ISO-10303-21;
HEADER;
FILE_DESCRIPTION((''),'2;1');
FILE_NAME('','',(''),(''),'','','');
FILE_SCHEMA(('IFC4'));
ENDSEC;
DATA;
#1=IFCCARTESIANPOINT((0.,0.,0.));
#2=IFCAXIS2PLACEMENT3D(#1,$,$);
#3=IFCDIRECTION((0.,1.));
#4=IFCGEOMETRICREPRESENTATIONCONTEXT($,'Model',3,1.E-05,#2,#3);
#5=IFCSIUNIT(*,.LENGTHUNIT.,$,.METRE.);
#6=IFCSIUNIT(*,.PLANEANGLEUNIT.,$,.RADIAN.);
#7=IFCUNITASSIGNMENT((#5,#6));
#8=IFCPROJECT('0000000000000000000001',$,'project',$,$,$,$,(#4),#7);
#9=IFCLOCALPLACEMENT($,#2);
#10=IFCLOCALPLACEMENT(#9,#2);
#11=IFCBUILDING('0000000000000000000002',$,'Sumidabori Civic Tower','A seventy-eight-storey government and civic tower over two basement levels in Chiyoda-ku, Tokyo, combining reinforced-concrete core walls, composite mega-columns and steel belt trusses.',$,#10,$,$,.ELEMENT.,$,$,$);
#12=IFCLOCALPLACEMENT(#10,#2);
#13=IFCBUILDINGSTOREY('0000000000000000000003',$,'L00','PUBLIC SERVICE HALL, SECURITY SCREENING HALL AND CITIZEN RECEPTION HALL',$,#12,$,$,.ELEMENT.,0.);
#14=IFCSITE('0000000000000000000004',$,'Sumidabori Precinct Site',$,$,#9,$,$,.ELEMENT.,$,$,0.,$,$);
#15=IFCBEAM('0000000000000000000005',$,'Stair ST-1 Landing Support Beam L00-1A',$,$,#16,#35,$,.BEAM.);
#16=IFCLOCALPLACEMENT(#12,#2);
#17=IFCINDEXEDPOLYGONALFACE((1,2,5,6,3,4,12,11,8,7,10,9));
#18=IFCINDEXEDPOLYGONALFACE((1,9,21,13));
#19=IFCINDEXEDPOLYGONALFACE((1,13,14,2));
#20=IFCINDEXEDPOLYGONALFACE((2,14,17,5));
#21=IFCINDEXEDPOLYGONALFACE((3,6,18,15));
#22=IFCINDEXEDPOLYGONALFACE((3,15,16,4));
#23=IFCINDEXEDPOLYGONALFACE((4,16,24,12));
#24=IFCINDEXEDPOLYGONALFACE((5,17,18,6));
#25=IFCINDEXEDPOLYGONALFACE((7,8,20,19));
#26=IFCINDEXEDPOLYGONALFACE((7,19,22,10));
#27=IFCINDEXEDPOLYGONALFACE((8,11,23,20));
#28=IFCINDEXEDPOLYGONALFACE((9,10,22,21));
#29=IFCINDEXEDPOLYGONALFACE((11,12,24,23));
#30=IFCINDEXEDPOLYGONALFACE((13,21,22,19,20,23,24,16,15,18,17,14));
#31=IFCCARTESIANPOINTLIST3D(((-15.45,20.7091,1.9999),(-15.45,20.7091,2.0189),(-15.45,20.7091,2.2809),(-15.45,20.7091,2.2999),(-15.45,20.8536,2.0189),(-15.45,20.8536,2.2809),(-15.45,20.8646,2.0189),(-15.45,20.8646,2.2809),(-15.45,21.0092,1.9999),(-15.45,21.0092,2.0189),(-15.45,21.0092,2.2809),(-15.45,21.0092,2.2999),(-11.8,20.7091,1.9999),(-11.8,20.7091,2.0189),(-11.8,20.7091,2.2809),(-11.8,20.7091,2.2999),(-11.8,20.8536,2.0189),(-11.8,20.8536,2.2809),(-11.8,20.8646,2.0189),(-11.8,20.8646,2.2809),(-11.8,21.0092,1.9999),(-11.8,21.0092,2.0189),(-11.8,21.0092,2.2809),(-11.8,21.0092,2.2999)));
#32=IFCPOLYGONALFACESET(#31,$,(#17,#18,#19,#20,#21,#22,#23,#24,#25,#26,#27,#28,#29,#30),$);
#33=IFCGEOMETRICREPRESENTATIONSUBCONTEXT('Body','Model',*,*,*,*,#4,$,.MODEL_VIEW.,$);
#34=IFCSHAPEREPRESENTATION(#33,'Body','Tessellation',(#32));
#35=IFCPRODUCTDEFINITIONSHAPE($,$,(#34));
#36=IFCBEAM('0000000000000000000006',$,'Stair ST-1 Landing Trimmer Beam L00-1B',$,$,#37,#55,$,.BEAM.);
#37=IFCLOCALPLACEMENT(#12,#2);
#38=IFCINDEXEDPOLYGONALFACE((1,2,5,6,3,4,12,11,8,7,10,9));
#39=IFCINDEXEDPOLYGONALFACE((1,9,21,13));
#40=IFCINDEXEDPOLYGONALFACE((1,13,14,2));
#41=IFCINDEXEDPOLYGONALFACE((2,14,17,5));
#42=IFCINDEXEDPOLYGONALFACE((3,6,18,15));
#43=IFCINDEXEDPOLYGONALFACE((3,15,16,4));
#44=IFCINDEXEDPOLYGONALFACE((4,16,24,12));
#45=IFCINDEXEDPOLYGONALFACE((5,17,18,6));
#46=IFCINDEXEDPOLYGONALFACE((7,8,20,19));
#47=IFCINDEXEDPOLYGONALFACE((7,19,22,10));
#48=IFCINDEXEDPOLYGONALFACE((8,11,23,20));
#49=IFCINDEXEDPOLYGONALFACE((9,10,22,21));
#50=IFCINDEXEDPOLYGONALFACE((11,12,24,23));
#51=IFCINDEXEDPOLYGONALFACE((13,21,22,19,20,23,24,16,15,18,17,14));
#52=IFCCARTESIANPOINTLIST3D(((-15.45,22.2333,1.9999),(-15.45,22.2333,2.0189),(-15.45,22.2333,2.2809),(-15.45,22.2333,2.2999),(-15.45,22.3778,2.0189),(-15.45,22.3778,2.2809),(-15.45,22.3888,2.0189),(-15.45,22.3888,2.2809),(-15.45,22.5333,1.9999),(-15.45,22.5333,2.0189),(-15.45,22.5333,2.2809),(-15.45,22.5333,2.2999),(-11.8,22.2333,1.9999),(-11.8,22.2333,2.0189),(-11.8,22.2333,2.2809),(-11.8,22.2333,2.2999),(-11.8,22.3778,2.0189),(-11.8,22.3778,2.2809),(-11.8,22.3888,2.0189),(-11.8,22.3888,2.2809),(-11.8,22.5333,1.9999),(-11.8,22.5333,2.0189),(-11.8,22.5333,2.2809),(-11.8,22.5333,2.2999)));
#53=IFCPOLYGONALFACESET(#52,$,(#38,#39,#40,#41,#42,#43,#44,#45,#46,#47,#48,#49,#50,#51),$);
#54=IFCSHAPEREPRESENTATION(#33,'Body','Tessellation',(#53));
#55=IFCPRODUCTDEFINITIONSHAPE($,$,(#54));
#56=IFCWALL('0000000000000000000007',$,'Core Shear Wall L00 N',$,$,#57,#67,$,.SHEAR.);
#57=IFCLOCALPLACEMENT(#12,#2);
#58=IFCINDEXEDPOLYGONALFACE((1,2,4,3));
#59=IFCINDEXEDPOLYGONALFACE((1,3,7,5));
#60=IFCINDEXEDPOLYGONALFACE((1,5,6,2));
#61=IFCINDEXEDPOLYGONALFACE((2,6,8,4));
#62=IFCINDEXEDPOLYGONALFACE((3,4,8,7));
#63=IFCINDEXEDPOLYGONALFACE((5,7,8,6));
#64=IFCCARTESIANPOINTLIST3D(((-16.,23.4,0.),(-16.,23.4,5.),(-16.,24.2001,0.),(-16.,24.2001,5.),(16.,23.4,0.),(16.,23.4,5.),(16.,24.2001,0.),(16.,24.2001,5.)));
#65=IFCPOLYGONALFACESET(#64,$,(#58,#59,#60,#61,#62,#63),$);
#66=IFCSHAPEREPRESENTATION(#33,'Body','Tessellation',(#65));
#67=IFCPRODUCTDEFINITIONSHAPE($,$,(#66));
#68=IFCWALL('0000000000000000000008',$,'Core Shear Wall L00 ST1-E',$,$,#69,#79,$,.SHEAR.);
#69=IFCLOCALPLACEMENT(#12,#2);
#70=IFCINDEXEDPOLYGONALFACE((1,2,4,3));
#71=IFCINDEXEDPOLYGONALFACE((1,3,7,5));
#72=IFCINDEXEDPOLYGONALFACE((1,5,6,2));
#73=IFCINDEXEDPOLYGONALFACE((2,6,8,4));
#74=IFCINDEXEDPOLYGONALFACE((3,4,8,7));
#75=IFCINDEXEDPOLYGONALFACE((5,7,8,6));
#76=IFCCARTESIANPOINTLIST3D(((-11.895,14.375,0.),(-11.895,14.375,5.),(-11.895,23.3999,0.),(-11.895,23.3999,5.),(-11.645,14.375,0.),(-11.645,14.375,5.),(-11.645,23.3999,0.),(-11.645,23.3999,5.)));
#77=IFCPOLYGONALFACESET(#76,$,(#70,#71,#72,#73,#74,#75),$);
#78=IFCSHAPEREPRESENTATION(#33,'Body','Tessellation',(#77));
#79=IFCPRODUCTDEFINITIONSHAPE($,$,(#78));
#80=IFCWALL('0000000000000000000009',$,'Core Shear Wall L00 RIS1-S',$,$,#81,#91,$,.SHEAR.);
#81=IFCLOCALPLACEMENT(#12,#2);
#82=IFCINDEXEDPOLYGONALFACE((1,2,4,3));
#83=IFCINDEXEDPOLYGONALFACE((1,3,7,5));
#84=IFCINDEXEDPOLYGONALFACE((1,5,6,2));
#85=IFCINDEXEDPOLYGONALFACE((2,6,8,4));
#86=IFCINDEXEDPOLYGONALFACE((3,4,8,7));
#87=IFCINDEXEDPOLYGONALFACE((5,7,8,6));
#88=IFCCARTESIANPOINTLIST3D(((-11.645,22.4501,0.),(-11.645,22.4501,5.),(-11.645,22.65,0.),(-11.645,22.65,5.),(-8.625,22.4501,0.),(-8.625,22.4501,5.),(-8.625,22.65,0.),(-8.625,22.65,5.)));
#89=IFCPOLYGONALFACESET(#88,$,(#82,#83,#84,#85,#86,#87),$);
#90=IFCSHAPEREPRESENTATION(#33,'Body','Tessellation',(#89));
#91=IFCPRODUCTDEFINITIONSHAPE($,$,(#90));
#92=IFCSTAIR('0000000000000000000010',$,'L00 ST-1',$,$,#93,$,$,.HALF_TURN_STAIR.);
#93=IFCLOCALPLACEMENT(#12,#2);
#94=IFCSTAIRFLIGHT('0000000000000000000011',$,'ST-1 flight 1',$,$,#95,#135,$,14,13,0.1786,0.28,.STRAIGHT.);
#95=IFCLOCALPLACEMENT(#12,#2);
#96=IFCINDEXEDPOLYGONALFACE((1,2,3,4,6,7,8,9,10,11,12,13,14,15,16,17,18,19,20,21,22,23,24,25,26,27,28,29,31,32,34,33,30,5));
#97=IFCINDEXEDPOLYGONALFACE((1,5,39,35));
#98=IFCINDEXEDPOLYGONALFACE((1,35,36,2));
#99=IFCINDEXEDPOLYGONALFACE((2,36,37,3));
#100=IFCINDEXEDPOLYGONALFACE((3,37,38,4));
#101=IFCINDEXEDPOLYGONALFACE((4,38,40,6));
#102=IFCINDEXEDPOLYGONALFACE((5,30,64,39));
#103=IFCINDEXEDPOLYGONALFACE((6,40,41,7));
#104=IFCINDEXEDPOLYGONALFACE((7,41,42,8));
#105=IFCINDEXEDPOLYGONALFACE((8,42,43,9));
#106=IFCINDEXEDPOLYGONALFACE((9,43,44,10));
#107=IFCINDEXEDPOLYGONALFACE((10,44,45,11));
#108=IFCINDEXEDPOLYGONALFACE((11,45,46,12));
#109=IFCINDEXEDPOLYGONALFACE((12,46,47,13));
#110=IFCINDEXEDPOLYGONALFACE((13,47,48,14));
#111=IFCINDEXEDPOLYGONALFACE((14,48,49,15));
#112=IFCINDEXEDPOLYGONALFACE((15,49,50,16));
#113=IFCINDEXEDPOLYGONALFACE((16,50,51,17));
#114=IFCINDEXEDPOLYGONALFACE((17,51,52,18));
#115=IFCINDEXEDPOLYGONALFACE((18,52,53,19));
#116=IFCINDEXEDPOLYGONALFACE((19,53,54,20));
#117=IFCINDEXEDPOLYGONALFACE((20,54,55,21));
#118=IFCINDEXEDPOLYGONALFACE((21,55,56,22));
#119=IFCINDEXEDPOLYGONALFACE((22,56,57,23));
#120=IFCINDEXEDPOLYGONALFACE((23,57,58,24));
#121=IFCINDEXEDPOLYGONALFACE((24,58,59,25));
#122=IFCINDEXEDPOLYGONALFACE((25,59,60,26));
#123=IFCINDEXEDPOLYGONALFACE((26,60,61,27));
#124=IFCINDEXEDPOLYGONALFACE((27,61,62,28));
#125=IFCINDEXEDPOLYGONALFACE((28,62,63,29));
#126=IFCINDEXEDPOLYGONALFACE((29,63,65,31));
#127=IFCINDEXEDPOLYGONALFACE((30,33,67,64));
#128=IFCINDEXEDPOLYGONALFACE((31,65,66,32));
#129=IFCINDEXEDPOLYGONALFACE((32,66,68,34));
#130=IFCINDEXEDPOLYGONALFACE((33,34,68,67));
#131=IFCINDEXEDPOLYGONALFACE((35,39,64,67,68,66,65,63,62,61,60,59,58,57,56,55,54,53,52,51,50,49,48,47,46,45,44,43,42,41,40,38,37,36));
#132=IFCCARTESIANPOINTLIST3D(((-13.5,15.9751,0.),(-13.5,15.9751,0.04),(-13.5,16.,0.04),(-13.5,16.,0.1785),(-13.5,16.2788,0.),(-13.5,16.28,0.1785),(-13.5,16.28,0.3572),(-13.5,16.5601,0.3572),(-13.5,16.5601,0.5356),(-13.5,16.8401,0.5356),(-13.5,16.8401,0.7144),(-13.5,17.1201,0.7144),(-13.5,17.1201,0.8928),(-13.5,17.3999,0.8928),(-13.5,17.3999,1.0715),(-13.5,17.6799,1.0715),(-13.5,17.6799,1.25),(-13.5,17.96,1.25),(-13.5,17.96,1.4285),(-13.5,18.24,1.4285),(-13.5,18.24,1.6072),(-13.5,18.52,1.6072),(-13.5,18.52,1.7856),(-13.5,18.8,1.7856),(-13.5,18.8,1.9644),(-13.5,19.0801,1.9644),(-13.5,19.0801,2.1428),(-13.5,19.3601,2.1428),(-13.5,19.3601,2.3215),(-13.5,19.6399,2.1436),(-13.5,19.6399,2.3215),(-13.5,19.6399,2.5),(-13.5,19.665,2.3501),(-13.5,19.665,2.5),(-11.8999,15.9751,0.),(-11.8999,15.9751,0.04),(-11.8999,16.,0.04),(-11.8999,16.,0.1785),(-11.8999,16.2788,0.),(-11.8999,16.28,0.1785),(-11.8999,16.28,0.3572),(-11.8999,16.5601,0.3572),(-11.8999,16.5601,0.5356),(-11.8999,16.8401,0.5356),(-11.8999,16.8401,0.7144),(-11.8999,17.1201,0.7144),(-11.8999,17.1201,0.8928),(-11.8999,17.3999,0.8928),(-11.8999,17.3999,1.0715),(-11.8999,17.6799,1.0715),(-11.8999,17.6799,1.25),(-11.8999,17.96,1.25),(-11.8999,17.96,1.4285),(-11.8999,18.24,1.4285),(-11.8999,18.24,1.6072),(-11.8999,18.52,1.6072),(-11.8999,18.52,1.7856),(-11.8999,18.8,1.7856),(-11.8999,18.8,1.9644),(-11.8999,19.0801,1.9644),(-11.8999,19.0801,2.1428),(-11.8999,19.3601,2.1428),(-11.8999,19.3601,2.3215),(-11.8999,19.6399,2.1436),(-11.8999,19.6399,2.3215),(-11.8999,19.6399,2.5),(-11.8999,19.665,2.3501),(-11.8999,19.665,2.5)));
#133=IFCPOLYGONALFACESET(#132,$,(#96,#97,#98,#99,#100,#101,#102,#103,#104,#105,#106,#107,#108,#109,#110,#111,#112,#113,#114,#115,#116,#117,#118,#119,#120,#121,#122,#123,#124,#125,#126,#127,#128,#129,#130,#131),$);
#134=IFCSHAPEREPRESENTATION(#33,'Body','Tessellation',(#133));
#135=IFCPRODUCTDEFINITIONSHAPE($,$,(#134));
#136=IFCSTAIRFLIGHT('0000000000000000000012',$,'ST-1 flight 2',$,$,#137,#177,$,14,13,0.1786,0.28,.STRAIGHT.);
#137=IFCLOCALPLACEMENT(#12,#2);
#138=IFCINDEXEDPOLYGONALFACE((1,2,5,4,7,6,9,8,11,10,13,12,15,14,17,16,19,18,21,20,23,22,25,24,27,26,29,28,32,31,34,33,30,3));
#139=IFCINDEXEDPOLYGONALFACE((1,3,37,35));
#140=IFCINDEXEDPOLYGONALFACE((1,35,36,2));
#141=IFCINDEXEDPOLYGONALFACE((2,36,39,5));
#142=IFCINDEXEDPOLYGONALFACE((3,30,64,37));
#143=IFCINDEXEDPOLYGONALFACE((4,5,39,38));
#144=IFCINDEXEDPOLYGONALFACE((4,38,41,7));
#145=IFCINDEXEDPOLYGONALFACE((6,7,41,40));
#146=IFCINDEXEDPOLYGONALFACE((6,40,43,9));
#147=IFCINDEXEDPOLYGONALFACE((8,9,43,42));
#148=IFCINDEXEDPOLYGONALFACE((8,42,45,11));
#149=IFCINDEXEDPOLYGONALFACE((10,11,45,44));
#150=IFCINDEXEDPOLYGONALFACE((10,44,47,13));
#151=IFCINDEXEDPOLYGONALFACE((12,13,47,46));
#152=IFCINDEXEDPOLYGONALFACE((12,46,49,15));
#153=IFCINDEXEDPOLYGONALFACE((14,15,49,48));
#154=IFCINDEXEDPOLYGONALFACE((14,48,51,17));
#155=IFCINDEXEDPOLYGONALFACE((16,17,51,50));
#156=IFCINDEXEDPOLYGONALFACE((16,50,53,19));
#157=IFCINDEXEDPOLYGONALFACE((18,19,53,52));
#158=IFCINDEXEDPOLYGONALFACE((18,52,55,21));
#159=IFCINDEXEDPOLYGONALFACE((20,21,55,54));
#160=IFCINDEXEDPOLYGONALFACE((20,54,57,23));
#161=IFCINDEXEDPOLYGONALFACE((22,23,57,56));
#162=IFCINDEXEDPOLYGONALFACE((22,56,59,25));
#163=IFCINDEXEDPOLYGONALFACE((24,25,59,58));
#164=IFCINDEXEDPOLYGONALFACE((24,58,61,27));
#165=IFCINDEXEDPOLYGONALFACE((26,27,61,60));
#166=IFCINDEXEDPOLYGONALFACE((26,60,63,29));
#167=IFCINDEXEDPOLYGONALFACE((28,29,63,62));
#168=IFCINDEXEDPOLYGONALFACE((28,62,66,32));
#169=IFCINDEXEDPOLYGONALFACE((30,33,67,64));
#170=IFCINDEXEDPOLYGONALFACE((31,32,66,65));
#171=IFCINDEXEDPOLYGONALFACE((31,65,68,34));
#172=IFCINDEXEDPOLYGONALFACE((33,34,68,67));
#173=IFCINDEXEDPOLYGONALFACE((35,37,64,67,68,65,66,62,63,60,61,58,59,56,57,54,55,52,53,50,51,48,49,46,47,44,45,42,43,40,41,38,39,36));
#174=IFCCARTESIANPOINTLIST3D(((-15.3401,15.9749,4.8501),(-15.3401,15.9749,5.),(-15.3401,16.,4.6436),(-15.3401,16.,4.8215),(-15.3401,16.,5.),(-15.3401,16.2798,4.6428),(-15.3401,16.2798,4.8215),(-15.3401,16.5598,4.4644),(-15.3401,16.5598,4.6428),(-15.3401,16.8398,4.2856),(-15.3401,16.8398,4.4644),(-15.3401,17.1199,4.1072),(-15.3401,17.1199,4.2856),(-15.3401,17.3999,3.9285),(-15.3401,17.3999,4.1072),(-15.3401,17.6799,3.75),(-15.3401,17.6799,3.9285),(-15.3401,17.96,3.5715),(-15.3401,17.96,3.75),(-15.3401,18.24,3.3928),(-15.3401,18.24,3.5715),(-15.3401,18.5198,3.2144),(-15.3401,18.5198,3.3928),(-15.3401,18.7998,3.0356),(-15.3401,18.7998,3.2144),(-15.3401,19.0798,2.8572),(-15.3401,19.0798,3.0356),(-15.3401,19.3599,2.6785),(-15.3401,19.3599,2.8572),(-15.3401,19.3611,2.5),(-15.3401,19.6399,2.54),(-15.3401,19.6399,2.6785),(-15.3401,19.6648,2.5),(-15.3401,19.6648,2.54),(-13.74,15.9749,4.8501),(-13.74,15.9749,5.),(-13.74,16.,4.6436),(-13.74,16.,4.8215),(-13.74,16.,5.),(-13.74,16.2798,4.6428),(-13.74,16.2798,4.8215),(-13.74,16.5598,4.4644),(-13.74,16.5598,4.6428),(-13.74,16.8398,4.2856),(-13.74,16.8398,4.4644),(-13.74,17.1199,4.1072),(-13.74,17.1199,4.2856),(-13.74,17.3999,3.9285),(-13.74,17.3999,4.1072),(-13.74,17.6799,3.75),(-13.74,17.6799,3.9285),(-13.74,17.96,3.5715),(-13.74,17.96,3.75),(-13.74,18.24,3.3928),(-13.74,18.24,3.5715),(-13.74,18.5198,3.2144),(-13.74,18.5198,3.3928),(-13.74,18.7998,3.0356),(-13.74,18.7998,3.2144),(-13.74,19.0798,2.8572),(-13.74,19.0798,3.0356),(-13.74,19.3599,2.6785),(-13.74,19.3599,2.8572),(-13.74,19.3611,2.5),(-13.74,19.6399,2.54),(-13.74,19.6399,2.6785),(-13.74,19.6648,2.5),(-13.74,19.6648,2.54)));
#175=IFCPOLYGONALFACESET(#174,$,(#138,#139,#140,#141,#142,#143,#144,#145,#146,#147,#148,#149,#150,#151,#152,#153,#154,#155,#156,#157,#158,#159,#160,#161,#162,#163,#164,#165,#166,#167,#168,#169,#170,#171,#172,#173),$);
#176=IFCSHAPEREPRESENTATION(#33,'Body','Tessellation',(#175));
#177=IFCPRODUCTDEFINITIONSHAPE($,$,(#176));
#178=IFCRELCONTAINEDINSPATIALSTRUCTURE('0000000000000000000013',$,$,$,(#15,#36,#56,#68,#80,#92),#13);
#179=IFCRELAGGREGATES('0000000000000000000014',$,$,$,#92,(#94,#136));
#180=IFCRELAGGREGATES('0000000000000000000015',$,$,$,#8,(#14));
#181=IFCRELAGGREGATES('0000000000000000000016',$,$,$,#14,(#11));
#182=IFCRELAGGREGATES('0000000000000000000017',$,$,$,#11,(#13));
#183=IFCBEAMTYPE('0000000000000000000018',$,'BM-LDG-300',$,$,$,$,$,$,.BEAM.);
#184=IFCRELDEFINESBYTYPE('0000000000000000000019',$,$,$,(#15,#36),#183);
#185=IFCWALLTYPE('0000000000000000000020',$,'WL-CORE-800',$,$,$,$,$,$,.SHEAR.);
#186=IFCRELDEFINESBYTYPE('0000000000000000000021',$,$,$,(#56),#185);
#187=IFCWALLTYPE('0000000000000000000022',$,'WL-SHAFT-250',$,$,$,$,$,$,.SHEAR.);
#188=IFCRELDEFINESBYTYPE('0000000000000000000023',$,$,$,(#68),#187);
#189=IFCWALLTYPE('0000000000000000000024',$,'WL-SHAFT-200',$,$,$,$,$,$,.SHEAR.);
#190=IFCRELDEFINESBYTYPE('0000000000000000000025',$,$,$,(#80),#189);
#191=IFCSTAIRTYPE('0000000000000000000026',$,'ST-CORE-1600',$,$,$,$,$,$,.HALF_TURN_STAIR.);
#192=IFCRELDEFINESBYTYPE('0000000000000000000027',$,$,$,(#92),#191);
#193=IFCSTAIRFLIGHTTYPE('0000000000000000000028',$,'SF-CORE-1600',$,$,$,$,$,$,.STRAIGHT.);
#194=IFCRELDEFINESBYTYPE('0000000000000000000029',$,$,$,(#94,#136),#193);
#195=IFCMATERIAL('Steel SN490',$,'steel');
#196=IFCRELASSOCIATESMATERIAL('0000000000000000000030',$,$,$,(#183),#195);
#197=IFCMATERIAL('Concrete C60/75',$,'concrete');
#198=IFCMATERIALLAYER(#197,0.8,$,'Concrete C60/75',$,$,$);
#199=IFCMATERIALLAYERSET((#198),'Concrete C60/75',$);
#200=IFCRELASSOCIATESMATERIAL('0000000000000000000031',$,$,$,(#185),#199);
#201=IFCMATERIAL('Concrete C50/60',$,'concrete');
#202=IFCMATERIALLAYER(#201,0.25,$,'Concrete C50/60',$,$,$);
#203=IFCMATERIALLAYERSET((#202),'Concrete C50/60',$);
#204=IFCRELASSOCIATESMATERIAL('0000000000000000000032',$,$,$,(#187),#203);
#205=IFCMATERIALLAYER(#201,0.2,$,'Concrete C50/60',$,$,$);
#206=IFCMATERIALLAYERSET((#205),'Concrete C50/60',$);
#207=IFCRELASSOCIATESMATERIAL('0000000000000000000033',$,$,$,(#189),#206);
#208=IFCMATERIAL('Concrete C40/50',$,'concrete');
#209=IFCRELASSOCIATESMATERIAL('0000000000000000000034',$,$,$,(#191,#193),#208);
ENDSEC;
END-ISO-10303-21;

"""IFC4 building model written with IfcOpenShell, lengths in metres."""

from ifc_helpers import new_model, si_unit, direction, frame, frame_2d, origin, origin_2d, place, context, subcontext, project, spatial, polyline, rectangle, i_section, outline, extrude, source, transform, mapped, material, layer, layer_set, material_profile, profile_set, type_object, element, aggregate, save


model = new_model("IFC4")

# Units and contexts
model_context = context("Model", 3, precision=1e-05, world=origin(), true_north=direction((0.0, 1.0)))
body_context = subcontext(model_context, "Body", "Model", "MODEL_VIEW")
ifc_project = project(units=[si_unit("LENGTHUNIT", "METRE"), si_unit("PLANEANGLEUNIT", "RADIAN")], contexts=[model_context])

# Site, building, storey
site_placement = place(None, origin())
site = spatial("IfcSite", under=ifc_project, at=site_placement, Name="Sumidabori Precinct Site", CompositionType="ELEMENT", RefElevation=0.0)
building_placement = place(site_placement, origin())
building = spatial("IfcBuilding", under=site, at=building_placement, Name="Sumidabori Civic Tower", Description="A seventy-eight-storey government and civic tower over two basement levels in Chiyoda-ku, Tokyo, combining reinforced-concrete core walls, composite mega-columns and steel belt trusses.", CompositionType="ELEMENT")
storey_placement = place(building_placement, origin())
storey = spatial("IfcBuildingStorey", under=building, at=storey_placement, Name="L00", Description="PUBLIC SERVICE HALL, SECURITY SCREENING HALL AND CITIZEN RECEPTION HALL", CompositionType="ELEMENT", Elevation=0.0)

# Beams
ifc_material_1 = material(Name="Steel SN490", Category="steel")
ifc_material_profile = material_profile(ifc_material_1, i_section(OverallWidth=0.3, OverallDepth=0.3, WebThickness=0.011, FlangeThickness=0.019, at=origin_2d()), Name="HE 300 B")
ifc_profile_set = profile_set([ifc_material_profile], Name="Steel SN490")
beam_type = type_object("IfcBeamType", Name="BM-LDG-300", PredefinedType="BEAM", material=ifc_profile_set)
shared_shape_1 = source(origin(), body_context, "Body", "SweptSolid", [
    extrude(i_section(OverallWidth=0.3, OverallDepth=0.3, WebThickness=0.011, FlangeThickness=0.019, at=origin_2d()), origin(), (0.0, 0.0, 1.0), 3.6499),
])
for number, where, z_axis, x_axis, name in (
    (1, (-15.45, 20.8591, 2.1499), (1.0, 0.0, 0.0), (0.0, 1.0, 0.0), "Stair ST-1 Landing Support Beam L00-1A"),
    (2, (-15.45, 22.3833, 2.1499), (1.0, 0.0, 0.0), (0.0, 1.0, 0.0), "Stair ST-1 Landing Trimmer Beam L00-1B"),
):
    element("IfcBeam", number, at=place(storey_placement, frame(where, z_axis=z_axis, x_axis=x_axis)), inside=storey, type_object=beam_type, Name=name, PredefinedType="BEAM", context=body_context, shape_type="MappedRepresentation", body=[
        mapped(shared_shape_1, transform((0.0, 0.0, 0.0), x_axis=(1.0, 0.0, 0.0), y_axis=(0.0, 1.0, 0.0), z_axis=(0.0, 0.0, 1.0), scale=1.0)),
    ])

# Wall
ifc_material_2 = material(Name="Concrete C60/75", Category="concrete")
ifc_layer_1 = layer(ifc_material_2, 0.8, Name="Concrete C60/75")
ifc_layer_set_1 = layer_set([ifc_layer_1], Name="Concrete C60/75")
wall_type_1 = type_object("IfcWallType", Name="WL-CORE-800", PredefinedType="SHEAR", material=ifc_layer_set_1)
shared_shape_2 = source(origin(), body_context, "Body", "SweptSolid", [
    extrude(rectangle(XDim=32.0, YDim=0.8, at=frame_2d((16.0, 0.0))), origin(), (0.0, 0.0, 1.0), 5.0),
])
wall_1_placement = place(storey_placement, frame((-16.0, 23.8, 0.0), z_axis=(0.0, 0.0, 1.0), x_axis=(1.0, 0.0, 0.0)))
element("IfcWall", 3, at=wall_1_placement, inside=storey, type_object=wall_type_1, Name="Core Shear Wall L00 N", PredefinedType="SHEAR", context=body_context, shape_type="MappedRepresentation", body=[
    mapped(shared_shape_2, transform((0.0, 0.0, 0.0), x_axis=(1.0, 0.0, 0.0), y_axis=(0.0, 1.0, 0.0), z_axis=(0.0, 0.0, 1.0), scale=1.0)),
])

# Shared definitions
ifc_material_3 = material(Name="Concrete C50/60", Category="concrete")
ifc_layer_2 = layer(ifc_material_3, 0.25, Name="Concrete C50/60")
ifc_layer_set_2 = layer_set([ifc_layer_2], Name="Concrete C50/60")
wall_type_2 = type_object("IfcWallType", Name="WL-SHAFT-250", PredefinedType="SHEAR", material=ifc_layer_set_2)

# Walls
shared_shape_3 = source(origin(), body_context, "Body", "SweptSolid", [
    extrude(rectangle(XDim=9.0249, YDim=0.25, at=frame_2d((4.5125, 0.0))), origin(), (0.0, 0.0, 1.0), 5.0),
])
wall_2_placement = place(storey_placement, frame((-11.77, 14.375, 0.0), z_axis=(0.0, 0.0, 1.0), x_axis=(0.0, 1.0, 0.0)))
element("IfcWall", 4, at=wall_2_placement, inside=storey, type_object=wall_type_2, Name="Core Shear Wall L00 ST1-E", PredefinedType="SHEAR", context=body_context, shape_type="MappedRepresentation", body=[
    mapped(shared_shape_3, transform((0.0, 0.0, 0.0), x_axis=(1.0, 0.0, 0.0), y_axis=(0.0, 1.0, 0.0), z_axis=(0.0, 0.0, 1.0), scale=1.0)),
])
ifc_layer_3 = layer(ifc_material_3, 0.2, Name="Concrete C50/60")
ifc_layer_set_3 = layer_set([ifc_layer_3], Name="Concrete C50/60")
wall_type_3 = type_object("IfcWallType", Name="WL-SHAFT-200", PredefinedType="SHEAR", material=ifc_layer_set_3)
shared_shape_4 = source(origin(), body_context, "Body", "SweptSolid", [
    extrude(rectangle(XDim=3.02, YDim=0.2, at=frame_2d((1.51, 0.0))), origin(), (0.0, 0.0, 1.0), 5.0),
])
wall_3_placement = place(storey_placement, frame((-11.645, 22.55, 0.0), z_axis=(0.0, 0.0, 1.0), x_axis=(1.0, 0.0, 0.0)))
element("IfcWall", 5, at=wall_3_placement, inside=storey, type_object=wall_type_3, Name="Core Shear Wall L00 RIS1-S", PredefinedType="SHEAR", context=body_context, shape_type="MappedRepresentation", body=[
    mapped(shared_shape_4, transform((0.0, 0.0, 0.0), x_axis=(1.0, 0.0, 0.0), y_axis=(0.0, 1.0, 0.0), z_axis=(0.0, 0.0, 1.0), scale=1.0)),
])

# Stair, stair flights
ifc_material_4 = material(Name="Concrete C40/50", Category="concrete")
stair_type = type_object("IfcStairType", Name="ST-CORE-1600", PredefinedType="HALF_TURN_STAIR", material=ifc_material_4)
stair_placement = place(storey_placement, origin())
stair = element("IfcStair", 6, at=stair_placement, inside=storey, type_object=stair_type, Name="L00 ST-1", PredefinedType="HALF_TURN_STAIR")
stair_flight_type = type_object("IfcStairFlightType", Name="SF-CORE-1600", PredefinedType="STRAIGHT", material=ifc_material_4)
shared_shape_5 = source(origin(), body_context, "Body", "SweptSolid", [
    extrude(outline(polyline([(-0.0249, 0.0), (-0.0249, 0.04), (0.0, 0.04), (0.0, 0.1785), (0.28, 0.1785), (0.28, 0.3572), (0.5601, 0.3572), (0.5601, 0.5356), (0.8401, 0.5356), (0.8401, 0.7144), (1.1201, 0.7144), (1.1201, 0.8928), (1.3999, 0.8928), (1.3999, 1.0715), (1.6799, 1.0715), (1.6799, 1.25), (1.96, 1.25), (1.96, 1.4285), (2.24, 1.4285), (2.24, 1.6072), (2.52, 1.6072), (2.52, 1.7856), (2.8, 1.7856), (2.8, 1.9644), (3.0801, 1.9644), (3.0801, 2.1428), (3.3601, 2.1428), (3.3601, 2.3215), (3.6399, 2.3215), (3.6399, 2.5), (3.665, 2.5), (3.665, 2.3501), (3.6399, 2.1436), (0.2788, 0.0), (-0.0249, 0.0)])), frame((0.0, 0.8, 0.0), z_axis=(0.0, -1.0, 0.0), x_axis=(1.0, 0.0, 0.0)), (0.0, 0.0, 1.0), 1.6001),
])
stair_flight_1_placement = place(storey_placement, frame((-12.7, 16.0, 0.0), z_axis=(0.0, 0.0, 1.0), x_axis=(0.0, 1.0, 0.0)))
stair_flight_1 = element("IfcStairFlight", 7, at=stair_flight_1_placement, type_object=stair_flight_type, Name="ST-1 flight 1", NumberOfRisers=14, NumberOfTreads=13, PredefinedType="STRAIGHT", RiserHeight=0.1786, TreadLength=0.28, context=body_context, shape_type="MappedRepresentation", body=[
    mapped(shared_shape_5, transform((0.0, 0.0, 0.0), x_axis=(1.0, 0.0, 0.0), y_axis=(0.0, 1.0, 0.0), z_axis=(0.0, 0.0, 1.0), scale=1.0)),
])
stair_flight_2_placement = place(storey_placement, frame((-14.54, 19.6399, 2.5), z_axis=(0.0, 0.0, 1.0), x_axis=(0.0, -1.0, 0.0)))
stair_flight_2 = element("IfcStairFlight", 8, at=stair_flight_2_placement, type_object=stair_flight_type, Name="ST-1 flight 2", NumberOfRisers=14, NumberOfTreads=13, PredefinedType="STRAIGHT", RiserHeight=0.1786, TreadLength=0.28, context=body_context, shape_type="MappedRepresentation", body=[
    mapped(shared_shape_5, transform((0.0, 0.0, 0.0), x_axis=(1.0, 0.0, 0.0), y_axis=(0.0, 1.0, 0.0), z_axis=(0.0, 0.0, 1.0), scale=1.0)),
])
aggregate(stair, [stair_flight_1, stair_flight_2])

save(model, "model.ifc")
